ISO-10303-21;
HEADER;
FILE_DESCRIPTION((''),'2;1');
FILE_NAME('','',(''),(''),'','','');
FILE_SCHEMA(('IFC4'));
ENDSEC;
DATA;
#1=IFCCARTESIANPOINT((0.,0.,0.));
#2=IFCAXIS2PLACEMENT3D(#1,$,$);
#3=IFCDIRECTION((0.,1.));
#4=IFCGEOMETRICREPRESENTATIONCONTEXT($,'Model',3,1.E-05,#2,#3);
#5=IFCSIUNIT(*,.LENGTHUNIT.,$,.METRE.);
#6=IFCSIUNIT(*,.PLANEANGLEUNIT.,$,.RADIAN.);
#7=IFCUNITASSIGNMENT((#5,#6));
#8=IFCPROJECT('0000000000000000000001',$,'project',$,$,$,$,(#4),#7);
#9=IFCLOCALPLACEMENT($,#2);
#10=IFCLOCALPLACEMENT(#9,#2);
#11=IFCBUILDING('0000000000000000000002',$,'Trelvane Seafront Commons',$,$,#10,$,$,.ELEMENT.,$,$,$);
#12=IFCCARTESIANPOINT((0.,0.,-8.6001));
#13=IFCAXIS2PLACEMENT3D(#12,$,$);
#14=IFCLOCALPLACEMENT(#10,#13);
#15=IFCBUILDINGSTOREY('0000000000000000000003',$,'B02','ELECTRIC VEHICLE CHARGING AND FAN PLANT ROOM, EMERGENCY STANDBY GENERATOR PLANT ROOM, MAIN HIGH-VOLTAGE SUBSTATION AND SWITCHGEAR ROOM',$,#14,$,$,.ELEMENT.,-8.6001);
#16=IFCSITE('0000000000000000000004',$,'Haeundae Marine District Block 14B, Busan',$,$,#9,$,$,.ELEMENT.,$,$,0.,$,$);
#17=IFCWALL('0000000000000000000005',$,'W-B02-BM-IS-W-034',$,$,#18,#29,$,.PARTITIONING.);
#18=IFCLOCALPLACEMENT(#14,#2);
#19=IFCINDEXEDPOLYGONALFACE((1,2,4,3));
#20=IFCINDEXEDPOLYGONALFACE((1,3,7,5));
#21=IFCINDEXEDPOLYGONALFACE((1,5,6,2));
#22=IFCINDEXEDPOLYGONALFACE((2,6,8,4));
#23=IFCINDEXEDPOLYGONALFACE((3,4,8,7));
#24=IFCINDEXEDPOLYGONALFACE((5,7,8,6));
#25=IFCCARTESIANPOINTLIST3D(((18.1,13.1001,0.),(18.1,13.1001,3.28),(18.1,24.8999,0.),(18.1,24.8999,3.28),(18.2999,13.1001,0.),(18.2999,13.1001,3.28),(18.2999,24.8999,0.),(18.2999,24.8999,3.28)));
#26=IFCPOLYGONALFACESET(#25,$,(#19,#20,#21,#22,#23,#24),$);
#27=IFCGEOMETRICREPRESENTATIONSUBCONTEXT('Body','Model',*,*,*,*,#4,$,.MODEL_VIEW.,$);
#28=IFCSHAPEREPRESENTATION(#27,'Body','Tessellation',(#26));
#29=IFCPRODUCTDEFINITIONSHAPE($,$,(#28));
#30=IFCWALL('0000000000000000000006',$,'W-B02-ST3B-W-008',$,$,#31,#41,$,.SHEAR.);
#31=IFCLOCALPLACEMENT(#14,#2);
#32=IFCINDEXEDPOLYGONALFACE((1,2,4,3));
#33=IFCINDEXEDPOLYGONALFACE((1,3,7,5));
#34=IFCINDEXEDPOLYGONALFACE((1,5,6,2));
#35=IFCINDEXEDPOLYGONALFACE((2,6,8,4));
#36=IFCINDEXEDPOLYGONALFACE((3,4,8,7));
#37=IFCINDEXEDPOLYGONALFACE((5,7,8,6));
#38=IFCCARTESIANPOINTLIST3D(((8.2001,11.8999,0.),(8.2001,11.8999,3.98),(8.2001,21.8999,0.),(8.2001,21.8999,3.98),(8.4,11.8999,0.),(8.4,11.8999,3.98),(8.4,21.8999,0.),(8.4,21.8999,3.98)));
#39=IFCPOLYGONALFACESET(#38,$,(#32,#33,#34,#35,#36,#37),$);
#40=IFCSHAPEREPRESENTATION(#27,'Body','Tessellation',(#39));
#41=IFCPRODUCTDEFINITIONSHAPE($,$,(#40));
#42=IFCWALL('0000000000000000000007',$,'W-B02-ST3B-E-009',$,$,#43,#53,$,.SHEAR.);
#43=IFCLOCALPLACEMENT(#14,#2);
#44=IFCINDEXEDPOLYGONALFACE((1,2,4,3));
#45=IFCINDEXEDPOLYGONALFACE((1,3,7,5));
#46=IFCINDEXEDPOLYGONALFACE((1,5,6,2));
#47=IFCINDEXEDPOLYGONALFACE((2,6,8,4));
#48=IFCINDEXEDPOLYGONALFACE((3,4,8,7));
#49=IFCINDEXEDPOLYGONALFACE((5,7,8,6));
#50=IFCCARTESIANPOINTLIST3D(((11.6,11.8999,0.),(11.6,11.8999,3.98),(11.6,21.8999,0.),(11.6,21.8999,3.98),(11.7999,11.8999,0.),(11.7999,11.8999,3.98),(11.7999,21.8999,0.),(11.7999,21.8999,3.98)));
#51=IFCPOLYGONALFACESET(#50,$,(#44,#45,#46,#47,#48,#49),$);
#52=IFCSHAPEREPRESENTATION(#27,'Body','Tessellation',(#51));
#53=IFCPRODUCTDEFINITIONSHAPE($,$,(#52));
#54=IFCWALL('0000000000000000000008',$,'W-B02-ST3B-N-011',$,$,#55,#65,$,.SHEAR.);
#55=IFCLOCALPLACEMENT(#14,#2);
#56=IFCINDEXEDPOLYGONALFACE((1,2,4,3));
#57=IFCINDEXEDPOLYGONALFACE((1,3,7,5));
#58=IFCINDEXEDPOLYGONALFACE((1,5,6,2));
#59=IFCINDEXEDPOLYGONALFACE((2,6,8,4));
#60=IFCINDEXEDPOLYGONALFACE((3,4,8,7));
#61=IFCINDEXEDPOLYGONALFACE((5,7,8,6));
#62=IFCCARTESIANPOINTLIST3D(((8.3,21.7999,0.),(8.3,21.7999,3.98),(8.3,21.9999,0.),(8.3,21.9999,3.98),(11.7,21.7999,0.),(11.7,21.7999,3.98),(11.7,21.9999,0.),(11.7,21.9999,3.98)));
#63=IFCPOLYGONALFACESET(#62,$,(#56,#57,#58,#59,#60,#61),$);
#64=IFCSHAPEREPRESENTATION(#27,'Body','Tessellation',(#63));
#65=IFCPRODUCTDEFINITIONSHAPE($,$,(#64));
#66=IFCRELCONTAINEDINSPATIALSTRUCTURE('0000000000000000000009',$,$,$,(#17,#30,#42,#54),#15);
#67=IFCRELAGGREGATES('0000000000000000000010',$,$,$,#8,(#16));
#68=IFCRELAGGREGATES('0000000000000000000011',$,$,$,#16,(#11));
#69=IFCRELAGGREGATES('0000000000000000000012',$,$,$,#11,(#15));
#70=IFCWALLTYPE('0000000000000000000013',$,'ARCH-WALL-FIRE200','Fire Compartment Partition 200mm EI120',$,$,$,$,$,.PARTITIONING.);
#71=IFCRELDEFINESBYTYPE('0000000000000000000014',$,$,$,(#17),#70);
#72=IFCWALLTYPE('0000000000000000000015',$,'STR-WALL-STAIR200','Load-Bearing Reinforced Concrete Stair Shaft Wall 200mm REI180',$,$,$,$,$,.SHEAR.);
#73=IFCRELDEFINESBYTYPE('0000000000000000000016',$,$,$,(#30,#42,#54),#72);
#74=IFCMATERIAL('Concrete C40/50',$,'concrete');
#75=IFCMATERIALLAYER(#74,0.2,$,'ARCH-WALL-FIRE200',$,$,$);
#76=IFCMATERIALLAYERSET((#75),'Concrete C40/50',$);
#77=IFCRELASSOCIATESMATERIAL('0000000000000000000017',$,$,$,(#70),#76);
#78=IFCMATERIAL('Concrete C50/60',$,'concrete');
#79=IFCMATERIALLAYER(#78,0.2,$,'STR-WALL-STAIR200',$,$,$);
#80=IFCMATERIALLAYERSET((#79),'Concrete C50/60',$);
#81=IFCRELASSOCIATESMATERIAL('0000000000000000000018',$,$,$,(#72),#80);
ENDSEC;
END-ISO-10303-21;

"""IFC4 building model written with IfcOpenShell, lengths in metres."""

from ifc_helpers import new_model, si_unit, direction, frame, frame_2d, origin, place, context, subcontext, project, spatial, rectangle, extrude, material, layer, layer_set, type_object, element, save


model = new_model("IFC4")

# Units and contexts
model_context = context("Model", 3, precision=1e-05, world=origin(), true_north=direction((0.0, 1.0)))
body_context = subcontext(model_context, "Body", "Model", "MODEL_VIEW")
ifc_project = project(units=[si_unit("LENGTHUNIT", "METRE"), si_unit("PLANEANGLEUNIT", "RADIAN")], contexts=[model_context])

# Site, building, storey
site_placement = place(None, origin())
site = spatial("IfcSite", under=ifc_project, at=site_placement, Name="Haeundae Marine District Block 14B, Busan", CompositionType="ELEMENT", RefElevation=0.0)
building_placement = place(site_placement, origin())
building = spatial("IfcBuilding", under=site, at=building_placement, Name="Trelvane Seafront Commons", CompositionType="ELEMENT")
storey_placement = place(building_placement, frame((0.0, 0.0, -8.6001)))
storey = spatial("IfcBuildingStorey", under=building, at=storey_placement, Name="B02", Description="ELECTRIC VEHICLE CHARGING AND FAN PLANT ROOM, EMERGENCY STANDBY GENERATOR PLANT ROOM, MAIN HIGH-VOLTAGE SUBSTATION AND SWITCHGEAR ROOM", CompositionType="ELEMENT", Elevation=-8.6001)

# Shared definitions
ifc_material_1 = material(Name="Concrete C50/60", Category="concrete")

# Shared definitions
ifc_material_2 = material(Name="Concrete C40/50", Category="concrete")

# Shared definitions
ifc_layer_1 = layer(ifc_material_2, 0.2, Name="ARCH-WALL-FIRE200")
ifc_layer_set_1 = layer_set([ifc_layer_1], Name="Concrete C40/50")
wall_type_1 = type_object("IfcWallType", Name="ARCH-WALL-FIRE200", Description="Fire Compartment Partition 200mm EI120", PredefinedType="PARTITIONING", material=ifc_layer_set_1)

# Walls
wall_1_placement = place(storey_placement, frame((18.2, 13.1001, 0.0), z_axis=(0.0, 0.0, 1.0), x_axis=(0.0, 1.0, 0.0)))
element("IfcWall", 1, at=wall_1_placement, inside=storey, type_object=wall_type_1, Name="W-B02-BM-IS-W-034", PredefinedType="PARTITIONING", context=body_context, shape_type="SweptSolid", body=[
    extrude(rectangle(XDim=11.7998, YDim=0.2, at=frame_2d((5.8999, 0.0))), origin(), (0.0, 0.0, 1.0), 3.28),
])
ifc_layer_2 = layer(ifc_material_1, 0.2, Name="STR-WALL-STAIR200")
ifc_layer_set_2 = layer_set([ifc_layer_2], Name="Concrete C50/60")
wall_type_2 = type_object("IfcWallType", Name="STR-WALL-STAIR200", Description="Load-Bearing Reinforced Concrete Stair Shaft Wall 200mm REI180", PredefinedType="SHEAR", material=ifc_layer_set_2)
for number, where, z_axis, x_axis, name in (
    (2, (8.3, 11.8999, 0.0), (0.0, 0.0, 1.0), (0.0, 1.0, 0.0), "W-B02-ST3B-W-008"),
    (3, (11.7, 11.8999, 0.0), (0.0, 0.0, 1.0), (0.0, 1.0, 0.0), "W-B02-ST3B-E-009"),
):
    element("IfcWall", number, at=place(storey_placement, frame(where, z_axis=z_axis, x_axis=x_axis)), inside=storey, type_object=wall_type_2, Name=name, PredefinedType="SHEAR", context=body_context, shape_type="SweptSolid", body=[
        extrude(rectangle(XDim=10.0, YDim=0.2, at=frame_2d((5.0, 0.0))), origin(), (0.0, 0.0, 1.0), 3.98),
    ])

# Wall
wall_2_placement = place(storey_placement, frame((8.3, 21.8999, 0.0), z_axis=(0.0, 0.0, 1.0), x_axis=(1.0, 0.0, 0.0)))
element("IfcWall", 4, at=wall_2_placement, inside=storey, type_object=wall_type_2, Name="W-B02-ST3B-N-011", PredefinedType="SHEAR", context=body_context, shape_type="SweptSolid", body=[
    extrude(rectangle(XDim=3.3999, YDim=0.2, at=frame_2d((1.7, 0.0))), origin(), (0.0, 0.0, 1.0), 3.98),
])

save(model, "model.ifc")
